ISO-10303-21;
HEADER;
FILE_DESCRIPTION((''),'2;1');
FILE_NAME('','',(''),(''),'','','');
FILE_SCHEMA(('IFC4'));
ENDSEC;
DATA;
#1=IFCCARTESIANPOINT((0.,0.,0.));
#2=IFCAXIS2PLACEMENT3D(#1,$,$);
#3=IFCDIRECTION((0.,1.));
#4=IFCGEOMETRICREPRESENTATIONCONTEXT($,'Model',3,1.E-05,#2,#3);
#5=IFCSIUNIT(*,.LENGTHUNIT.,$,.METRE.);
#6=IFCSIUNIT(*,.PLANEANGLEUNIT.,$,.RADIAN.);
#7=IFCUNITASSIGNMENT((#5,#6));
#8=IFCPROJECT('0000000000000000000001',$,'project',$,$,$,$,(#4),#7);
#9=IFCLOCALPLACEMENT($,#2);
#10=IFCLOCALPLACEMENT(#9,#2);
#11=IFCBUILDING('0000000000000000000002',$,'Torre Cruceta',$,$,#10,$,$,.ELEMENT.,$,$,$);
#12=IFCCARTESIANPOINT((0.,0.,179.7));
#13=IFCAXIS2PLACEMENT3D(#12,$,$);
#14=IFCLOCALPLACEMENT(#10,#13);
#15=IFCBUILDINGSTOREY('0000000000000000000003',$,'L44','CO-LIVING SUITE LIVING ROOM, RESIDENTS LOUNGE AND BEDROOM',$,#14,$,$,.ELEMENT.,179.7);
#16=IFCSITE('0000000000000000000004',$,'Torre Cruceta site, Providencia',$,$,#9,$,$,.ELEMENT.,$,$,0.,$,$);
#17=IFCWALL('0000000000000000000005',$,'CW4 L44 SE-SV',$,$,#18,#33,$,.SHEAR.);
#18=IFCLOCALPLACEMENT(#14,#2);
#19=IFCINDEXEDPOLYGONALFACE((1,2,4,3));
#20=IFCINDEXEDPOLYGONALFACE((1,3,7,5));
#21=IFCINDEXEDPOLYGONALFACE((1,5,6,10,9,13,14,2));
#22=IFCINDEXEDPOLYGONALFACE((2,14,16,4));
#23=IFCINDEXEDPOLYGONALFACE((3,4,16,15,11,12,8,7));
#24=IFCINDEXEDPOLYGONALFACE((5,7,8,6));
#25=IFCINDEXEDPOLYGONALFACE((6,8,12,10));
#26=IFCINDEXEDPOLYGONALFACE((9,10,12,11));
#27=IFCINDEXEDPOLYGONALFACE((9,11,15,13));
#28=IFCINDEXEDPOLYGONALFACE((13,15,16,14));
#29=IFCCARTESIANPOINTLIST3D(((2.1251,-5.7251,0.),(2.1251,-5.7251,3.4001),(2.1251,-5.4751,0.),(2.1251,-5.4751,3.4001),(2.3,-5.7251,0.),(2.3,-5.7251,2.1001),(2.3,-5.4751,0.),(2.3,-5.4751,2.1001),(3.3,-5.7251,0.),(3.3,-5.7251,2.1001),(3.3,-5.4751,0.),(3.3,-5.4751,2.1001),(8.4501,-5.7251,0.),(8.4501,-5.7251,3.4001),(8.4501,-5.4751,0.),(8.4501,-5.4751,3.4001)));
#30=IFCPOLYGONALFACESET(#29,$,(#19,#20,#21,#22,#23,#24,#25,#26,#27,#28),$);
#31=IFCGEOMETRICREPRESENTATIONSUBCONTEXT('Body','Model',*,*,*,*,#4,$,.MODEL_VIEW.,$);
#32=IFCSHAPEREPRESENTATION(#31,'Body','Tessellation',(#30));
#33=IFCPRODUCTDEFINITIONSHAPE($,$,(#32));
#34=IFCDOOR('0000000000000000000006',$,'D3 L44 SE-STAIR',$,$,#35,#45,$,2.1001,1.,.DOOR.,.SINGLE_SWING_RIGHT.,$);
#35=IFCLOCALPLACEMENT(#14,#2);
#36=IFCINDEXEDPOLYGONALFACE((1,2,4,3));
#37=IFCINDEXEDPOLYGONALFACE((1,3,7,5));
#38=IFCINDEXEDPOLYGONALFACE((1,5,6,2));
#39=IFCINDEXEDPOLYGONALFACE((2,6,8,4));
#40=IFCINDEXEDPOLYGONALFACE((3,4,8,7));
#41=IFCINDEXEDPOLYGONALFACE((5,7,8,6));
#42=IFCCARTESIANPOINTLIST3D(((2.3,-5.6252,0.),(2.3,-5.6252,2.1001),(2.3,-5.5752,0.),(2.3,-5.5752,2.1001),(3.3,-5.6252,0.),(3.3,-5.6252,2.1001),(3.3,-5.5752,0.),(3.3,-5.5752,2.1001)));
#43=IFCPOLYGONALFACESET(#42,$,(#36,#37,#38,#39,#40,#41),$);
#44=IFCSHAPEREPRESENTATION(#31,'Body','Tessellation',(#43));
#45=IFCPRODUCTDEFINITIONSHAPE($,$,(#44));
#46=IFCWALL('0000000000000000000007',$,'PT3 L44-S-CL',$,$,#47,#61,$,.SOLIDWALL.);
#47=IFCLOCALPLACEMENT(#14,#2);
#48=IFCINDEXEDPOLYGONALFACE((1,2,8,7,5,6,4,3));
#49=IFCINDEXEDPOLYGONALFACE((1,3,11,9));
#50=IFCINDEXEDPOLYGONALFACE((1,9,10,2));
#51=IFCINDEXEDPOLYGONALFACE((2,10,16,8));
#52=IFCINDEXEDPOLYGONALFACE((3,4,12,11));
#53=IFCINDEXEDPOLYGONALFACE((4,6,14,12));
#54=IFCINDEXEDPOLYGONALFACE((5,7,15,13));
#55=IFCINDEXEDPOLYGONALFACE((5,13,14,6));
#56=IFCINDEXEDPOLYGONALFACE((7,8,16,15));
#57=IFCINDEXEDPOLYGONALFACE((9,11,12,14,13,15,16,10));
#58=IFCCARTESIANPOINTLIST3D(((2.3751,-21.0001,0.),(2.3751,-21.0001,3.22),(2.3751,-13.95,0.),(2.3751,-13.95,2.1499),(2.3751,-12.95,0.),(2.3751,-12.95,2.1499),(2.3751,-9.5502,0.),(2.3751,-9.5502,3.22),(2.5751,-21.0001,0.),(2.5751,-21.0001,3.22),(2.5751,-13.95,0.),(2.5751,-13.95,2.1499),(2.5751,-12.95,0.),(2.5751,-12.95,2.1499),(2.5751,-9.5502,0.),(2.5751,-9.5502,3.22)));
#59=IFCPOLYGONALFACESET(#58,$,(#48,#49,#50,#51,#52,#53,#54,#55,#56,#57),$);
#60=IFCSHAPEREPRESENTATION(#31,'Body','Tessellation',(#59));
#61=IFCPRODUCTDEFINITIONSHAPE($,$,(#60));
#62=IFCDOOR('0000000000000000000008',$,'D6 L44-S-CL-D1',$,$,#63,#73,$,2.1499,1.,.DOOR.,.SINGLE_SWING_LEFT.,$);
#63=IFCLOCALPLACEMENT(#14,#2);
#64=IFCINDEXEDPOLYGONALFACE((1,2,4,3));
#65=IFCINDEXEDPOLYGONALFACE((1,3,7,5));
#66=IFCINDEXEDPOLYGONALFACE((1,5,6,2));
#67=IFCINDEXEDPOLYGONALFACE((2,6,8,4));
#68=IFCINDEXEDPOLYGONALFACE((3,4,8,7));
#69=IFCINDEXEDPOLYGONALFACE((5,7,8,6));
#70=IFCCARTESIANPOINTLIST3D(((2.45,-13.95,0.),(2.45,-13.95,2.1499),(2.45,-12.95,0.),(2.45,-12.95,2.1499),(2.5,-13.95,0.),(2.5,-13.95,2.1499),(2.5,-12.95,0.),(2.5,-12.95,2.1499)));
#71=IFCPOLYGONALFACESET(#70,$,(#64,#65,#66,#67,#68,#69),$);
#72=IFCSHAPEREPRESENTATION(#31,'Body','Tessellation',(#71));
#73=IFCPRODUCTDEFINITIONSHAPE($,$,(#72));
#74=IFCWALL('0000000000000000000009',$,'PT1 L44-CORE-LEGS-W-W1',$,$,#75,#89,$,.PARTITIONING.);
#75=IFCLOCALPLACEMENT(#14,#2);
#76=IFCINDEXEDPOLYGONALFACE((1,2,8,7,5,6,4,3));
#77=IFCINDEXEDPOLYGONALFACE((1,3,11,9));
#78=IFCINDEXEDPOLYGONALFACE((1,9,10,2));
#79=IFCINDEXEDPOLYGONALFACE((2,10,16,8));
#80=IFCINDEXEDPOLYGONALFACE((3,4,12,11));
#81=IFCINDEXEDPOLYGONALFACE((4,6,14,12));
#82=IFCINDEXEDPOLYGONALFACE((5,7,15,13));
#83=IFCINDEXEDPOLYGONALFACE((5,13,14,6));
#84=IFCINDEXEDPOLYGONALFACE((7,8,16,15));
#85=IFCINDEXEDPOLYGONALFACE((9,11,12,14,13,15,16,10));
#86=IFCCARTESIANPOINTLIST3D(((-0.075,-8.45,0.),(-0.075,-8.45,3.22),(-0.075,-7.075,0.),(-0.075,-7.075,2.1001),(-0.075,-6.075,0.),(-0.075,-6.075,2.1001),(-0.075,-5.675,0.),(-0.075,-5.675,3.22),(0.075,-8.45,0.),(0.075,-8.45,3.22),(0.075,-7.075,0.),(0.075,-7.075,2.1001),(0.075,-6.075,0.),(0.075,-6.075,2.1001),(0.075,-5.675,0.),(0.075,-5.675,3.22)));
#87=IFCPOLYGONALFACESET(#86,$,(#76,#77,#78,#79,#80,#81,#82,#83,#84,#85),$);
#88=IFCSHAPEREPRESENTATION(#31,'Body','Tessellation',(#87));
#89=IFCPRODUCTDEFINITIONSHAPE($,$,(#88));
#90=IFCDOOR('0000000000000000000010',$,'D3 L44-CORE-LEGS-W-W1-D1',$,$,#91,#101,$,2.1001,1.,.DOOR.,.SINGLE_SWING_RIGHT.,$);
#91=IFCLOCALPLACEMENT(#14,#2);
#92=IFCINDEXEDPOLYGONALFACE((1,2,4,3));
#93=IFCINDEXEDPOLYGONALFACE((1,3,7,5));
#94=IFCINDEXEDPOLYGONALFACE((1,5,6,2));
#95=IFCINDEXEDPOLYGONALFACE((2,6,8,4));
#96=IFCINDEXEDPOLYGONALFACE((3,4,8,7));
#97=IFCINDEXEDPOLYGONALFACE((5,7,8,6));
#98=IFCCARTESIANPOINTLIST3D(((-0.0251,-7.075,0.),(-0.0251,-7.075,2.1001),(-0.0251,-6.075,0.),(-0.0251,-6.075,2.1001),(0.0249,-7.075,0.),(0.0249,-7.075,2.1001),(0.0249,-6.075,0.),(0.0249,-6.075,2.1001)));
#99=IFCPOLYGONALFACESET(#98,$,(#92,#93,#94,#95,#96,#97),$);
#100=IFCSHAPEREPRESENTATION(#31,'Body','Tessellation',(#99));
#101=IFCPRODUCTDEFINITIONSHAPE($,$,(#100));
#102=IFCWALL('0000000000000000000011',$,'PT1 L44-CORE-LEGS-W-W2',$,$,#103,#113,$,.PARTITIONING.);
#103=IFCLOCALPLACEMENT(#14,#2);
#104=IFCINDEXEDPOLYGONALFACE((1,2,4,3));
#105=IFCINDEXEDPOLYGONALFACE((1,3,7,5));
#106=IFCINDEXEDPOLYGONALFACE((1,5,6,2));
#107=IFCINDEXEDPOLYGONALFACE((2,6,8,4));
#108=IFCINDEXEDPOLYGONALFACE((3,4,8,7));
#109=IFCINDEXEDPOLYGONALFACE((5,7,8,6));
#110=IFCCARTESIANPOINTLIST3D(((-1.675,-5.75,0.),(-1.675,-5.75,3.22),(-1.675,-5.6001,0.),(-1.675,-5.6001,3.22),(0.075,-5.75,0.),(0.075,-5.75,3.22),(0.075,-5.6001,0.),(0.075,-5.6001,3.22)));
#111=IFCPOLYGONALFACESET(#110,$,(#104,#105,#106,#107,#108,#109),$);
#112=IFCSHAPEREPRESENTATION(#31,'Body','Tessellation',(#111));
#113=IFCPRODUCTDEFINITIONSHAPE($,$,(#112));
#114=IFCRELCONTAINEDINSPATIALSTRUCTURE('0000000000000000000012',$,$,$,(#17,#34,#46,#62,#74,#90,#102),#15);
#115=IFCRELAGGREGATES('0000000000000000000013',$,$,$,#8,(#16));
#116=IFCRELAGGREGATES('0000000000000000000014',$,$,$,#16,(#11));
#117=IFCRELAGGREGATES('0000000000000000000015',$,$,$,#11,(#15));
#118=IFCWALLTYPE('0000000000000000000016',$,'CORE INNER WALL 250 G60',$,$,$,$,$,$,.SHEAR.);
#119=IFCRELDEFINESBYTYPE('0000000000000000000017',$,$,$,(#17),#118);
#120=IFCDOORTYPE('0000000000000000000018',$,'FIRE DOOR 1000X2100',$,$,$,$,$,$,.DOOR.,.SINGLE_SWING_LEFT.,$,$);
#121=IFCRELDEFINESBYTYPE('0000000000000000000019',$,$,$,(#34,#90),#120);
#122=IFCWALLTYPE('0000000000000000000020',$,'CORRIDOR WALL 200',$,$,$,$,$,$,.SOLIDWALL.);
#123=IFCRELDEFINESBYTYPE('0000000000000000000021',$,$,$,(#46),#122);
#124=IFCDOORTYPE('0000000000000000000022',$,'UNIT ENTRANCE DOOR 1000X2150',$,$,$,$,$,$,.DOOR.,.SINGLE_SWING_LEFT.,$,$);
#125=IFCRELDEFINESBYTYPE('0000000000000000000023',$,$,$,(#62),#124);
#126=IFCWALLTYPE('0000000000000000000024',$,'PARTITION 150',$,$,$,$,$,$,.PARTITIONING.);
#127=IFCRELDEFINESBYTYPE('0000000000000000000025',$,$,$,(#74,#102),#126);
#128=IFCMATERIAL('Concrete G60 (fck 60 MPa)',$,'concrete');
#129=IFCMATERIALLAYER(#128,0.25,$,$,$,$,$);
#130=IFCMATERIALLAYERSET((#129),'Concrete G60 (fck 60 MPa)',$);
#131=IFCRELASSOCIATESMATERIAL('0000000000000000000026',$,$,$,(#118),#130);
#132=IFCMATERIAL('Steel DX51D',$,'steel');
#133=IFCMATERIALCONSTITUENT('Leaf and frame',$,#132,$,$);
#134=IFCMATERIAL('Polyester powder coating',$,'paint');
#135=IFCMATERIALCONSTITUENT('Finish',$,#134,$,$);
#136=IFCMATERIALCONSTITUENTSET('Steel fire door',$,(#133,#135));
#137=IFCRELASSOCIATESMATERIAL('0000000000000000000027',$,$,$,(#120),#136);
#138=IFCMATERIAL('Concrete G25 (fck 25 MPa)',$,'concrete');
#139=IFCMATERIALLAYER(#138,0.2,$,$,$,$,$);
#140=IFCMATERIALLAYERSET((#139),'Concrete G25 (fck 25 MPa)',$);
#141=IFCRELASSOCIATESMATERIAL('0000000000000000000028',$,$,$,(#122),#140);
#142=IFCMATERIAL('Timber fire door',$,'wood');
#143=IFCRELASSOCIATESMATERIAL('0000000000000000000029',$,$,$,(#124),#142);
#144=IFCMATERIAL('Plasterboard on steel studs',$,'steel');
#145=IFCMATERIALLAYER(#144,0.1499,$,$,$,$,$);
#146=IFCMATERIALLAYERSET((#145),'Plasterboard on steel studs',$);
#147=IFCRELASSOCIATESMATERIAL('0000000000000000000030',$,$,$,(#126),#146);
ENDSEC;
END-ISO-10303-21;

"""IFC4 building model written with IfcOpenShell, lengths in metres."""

from ifc_helpers import new_model, si_unit, direction, frame, frame_2d, origin, place, context, subcontext, project, spatial, rectangle, extrude, material, layer, layer_set, constituent, constituent_set, type_object, element, fill, save


model = new_model("IFC4")

# Units and contexts
model_context = context("Model", 3, precision=1e-05, world=origin(), true_north=direction((0.0, 1.0)))
body_context = subcontext(model_context, "Body", "Model", "MODEL_VIEW")
ifc_project = project(units=[si_unit("LENGTHUNIT", "METRE"), si_unit("PLANEANGLEUNIT", "RADIAN")], contexts=[model_context])

# Site, building, storey
site_placement = place(None, origin())
site = spatial("IfcSite", under=ifc_project, at=site_placement, Name="Torre Cruceta site, Providencia", CompositionType="ELEMENT", RefElevation=0.0)
building_placement = place(site_placement, origin())
building = spatial("IfcBuilding", under=site, at=building_placement, Name="Torre Cruceta", CompositionType="ELEMENT")
storey_placement = place(building_placement, frame((0.0, 0.0, 179.7)))
storey = spatial("IfcBuildingStorey", under=building, at=storey_placement, Name="L44", Description="CO-LIVING SUITE LIVING ROOM, RESIDENTS LOUNGE AND BEDROOM", CompositionType="ELEMENT", Elevation=179.7)

# Shared definitions
ifc_material_1 = material(Name="Concrete G60 (fck 60 MPa)", Category="concrete")
ifc_layer_1 = layer(ifc_material_1, 0.25)
ifc_layer_set_1 = layer_set([ifc_layer_1], Name="Concrete G60 (fck 60 MPa)")
wall_type_1 = type_object("IfcWallType", Name="CORE INNER WALL 250 G60", PredefinedType="SHEAR", material=ifc_layer_set_1)
ifc_material_2 = material(Name="Steel DX51D", Category="steel")
ifc_constituent_1 = constituent(ifc_material_2, Name="Leaf and frame")
ifc_material_3 = material(Name="Polyester powder coating", Category="paint")
ifc_constituent_2 = constituent(ifc_material_3, Name="Finish")
ifc_constituent_set_1 = constituent_set(constituents=[ifc_constituent_1, ifc_constituent_2], Name="Steel fire door")
door_type_1 = type_object("IfcDoorType", Name="FIRE DOOR 1000X2100", OperationType="SINGLE_SWING_LEFT", PredefinedType="DOOR", material=ifc_constituent_set_1)

# Walls, openings, doors
wall_1_placement = place(storey_placement, frame((2.125, -5.6001, 0.0), z_axis=(0.0, 0.0, 1.0), x_axis=(1.0, 0.0, 0.0)))
wall_1 = element("IfcWall", 1, at=wall_1_placement, inside=storey, type_object=wall_type_1, Name="CW4 L44 SE-SV", PredefinedType="SHEAR", context=body_context, shape_type="SweptSolid", body=[
    extrude(rectangle(XDim=6.325, YDim=0.25, at=frame_2d((3.1626, 0.0))), origin(), (0.0, 0.0, 1.0), 3.4001),
])
opening_1_placement = place(wall_1_placement, frame((0.175, 0.0, 0.0)))
opening_1 = element("IfcOpeningElement", 2, at=opening_1_placement, cuts=wall_1, PredefinedType="OPENING", context=body_context, shape_type="SweptSolid", body=[
    extrude(rectangle(XDim=1.0, YDim=2.1001, at=frame_2d((0.5, 1.05))), frame((0.0, 0.135, 0.0), z_axis=(0.0, -1.0, 0.0), x_axis=(1.0, 0.0, 0.0)), (0.0, 0.0, 1.0), 0.27),
])
door_1_placement = place(opening_1_placement, frame((1.0, 0.0, 0.0), z_axis=(0.0, 0.0, 1.0), x_axis=(-1.0, 0.0, 0.0)))
door_1 = element("IfcDoor", 3, at=door_1_placement, inside=storey, type_object=door_type_1, Name="D3 L44 SE-STAIR", OperationType="SINGLE_SWING_RIGHT", OverallHeight=2.1001, OverallWidth=1.0, PredefinedType="DOOR", context=body_context, shape_type="SweptSolid", body=[
    extrude(rectangle(XDim=1.0, YDim=2.1001, at=frame_2d((0.5, 1.05))), frame((0.0, 0.0251, 0.0), z_axis=(0.0, -1.0, 0.0), x_axis=(1.0, 0.0, 0.0)), (0.0, 0.0, 1.0), 0.05),
])
fill(opening_1, door_1)
ifc_material_4 = material(Name="Concrete G25 (fck 25 MPa)", Category="concrete")
ifc_layer_2 = layer(ifc_material_4, 0.2)
ifc_layer_set_2 = layer_set([ifc_layer_2], Name="Concrete G25 (fck 25 MPa)")
wall_type_2 = type_object("IfcWallType", Name="CORRIDOR WALL 200", PredefinedType="SOLIDWALL", material=ifc_layer_set_2)
wall_2_placement = place(storey_placement, frame((2.4751, -9.55, 0.0), z_axis=(0.0, 0.0, 1.0), x_axis=(0.0, -1.0, 0.0)))
wall_2 = element("IfcWall", 4, at=wall_2_placement, inside=storey, type_object=wall_type_2, Name="PT3 L44-S-CL", PredefinedType="SOLIDWALL", context=body_context, shape_type="SweptSolid", body=[
    extrude(rectangle(XDim=11.45, YDim=0.2, at=frame_2d((5.7251, 0.0))), origin(), (0.0, 0.0, 1.0), 3.22),
])
opening_2_placement = place(wall_2_placement, frame((3.3999, 0.0, 0.0)))
opening_2 = element("IfcOpeningElement", 5, at=opening_2_placement, cuts=wall_2, PredefinedType="OPENING", context=body_context, shape_type="SweptSolid", body=[
    extrude(rectangle(XDim=1.0, YDim=2.1499, at=frame_2d((0.5, 1.075))), frame((0.0, 0.1099, 0.0), z_axis=(0.0, -1.0, 0.0), x_axis=(1.0, 0.0, 0.0)), (0.0, 0.0, 1.0), 0.22),
])
ifc_material_5 = material(Name="Timber fire door", Category="wood")
door_type_2 = type_object("IfcDoorType", Name="UNIT ENTRANCE DOOR 1000X2150", OperationType="SINGLE_SWING_LEFT", PredefinedType="DOOR", material=ifc_material_5)
door_2_placement = place(opening_2_placement, origin())
door_2 = element("IfcDoor", 6, at=door_2_placement, inside=storey, type_object=door_type_2, Name="D6 L44-S-CL-D1", OperationType="SINGLE_SWING_LEFT", OverallHeight=2.1499, OverallWidth=1.0, PredefinedType="DOOR", context=body_context, shape_type="SweptSolid", body=[
    extrude(rectangle(XDim=1.0, YDim=2.1499, at=frame_2d((0.5, 1.075))), frame((0.0, 0.0249, 0.0), z_axis=(0.0, -1.0, 0.0), x_axis=(1.0, 0.0, 0.0)), (0.0, 0.0, 1.0), 0.05),
])
fill(opening_2, door_2)
ifc_material_6 = material(Name="Plasterboard on steel studs", Category="steel")
ifc_layer_3 = layer(ifc_material_6, 0.1499)
ifc_layer_set_3 = layer_set([ifc_layer_3], Name="Plasterboard on steel studs")
wall_type_3 = type_object("IfcWallType", Name="PARTITION 150", PredefinedType="PARTITIONING", material=ifc_layer_set_3)
wall_3_placement = place(storey_placement, frame((0.0, -5.675, 0.0), z_axis=(0.0, 0.0, 1.0), x_axis=(0.0, -1.0, 0.0)))
wall_3 = element("IfcWall", 7, at=wall_3_placement, inside=storey, type_object=wall_type_3, Name="PT1 L44-CORE-LEGS-W-W1", PredefinedType="PARTITIONING", context=body_context, shape_type="SweptSolid", body=[
    extrude(rectangle(XDim=2.7749, YDim=0.1499, at=frame_2d((1.3875, 0.0))), origin(), (0.0, 0.0, 1.0), 3.22),
])
opening_3_placement = place(wall_3_placement, frame((0.3999, 0.0, 0.0)))
opening_3 = element("IfcOpeningElement", 8, at=opening_3_placement, cuts=wall_3, PredefinedType="OPENING", context=body_context, shape_type="SweptSolid", body=[
    extrude(rectangle(XDim=1.0, YDim=2.1001, at=frame_2d((0.5, 1.05))), frame((0.0, 0.085, 0.0), z_axis=(0.0, -1.0, 0.0), x_axis=(1.0, 0.0, 0.0)), (0.0, 0.0, 1.0), 0.1699),
])
door_3_placement = place(opening_3_placement, frame((1.0, 0.0, 0.0), z_axis=(0.0, 0.0, 1.0), x_axis=(-1.0, 0.0, 0.0)))
door_3 = element("IfcDoor", 9, at=door_3_placement, inside=storey, type_object=door_type_1, Name="D3 L44-CORE-LEGS-W-W1-D1", OperationType="SINGLE_SWING_RIGHT", OverallHeight=2.1001, OverallWidth=1.0, PredefinedType="DOOR", context=body_context, shape_type="SweptSolid", body=[
    extrude(rectangle(XDim=1.0, YDim=2.1001, at=frame_2d((0.5, 1.05))), frame((0.0, 0.0251, 0.0), z_axis=(0.0, -1.0, 0.0), x_axis=(1.0, 0.0, 0.0)), (0.0, 0.0, 1.0), 0.05),
])
fill(opening_3, door_3)

# Wall
wall_4_placement = place(storey_placement, frame((-1.675, -5.675, 0.0), z_axis=(0.0, 0.0, 1.0), x_axis=(1.0, 0.0, 0.0)))
element("IfcWall", 10, at=wall_4_placement, inside=storey, type_object=wall_type_3, Name="PT1 L44-CORE-LEGS-W-W2", PredefinedType="PARTITIONING", context=body_context, shape_type="SweptSolid", body=[
    extrude(rectangle(XDim=1.75, YDim=0.1499, at=frame_2d((0.875, 0.0))), origin(), (0.0, 0.0, 1.0), 3.22),
])

save(model, "model.ifc")
